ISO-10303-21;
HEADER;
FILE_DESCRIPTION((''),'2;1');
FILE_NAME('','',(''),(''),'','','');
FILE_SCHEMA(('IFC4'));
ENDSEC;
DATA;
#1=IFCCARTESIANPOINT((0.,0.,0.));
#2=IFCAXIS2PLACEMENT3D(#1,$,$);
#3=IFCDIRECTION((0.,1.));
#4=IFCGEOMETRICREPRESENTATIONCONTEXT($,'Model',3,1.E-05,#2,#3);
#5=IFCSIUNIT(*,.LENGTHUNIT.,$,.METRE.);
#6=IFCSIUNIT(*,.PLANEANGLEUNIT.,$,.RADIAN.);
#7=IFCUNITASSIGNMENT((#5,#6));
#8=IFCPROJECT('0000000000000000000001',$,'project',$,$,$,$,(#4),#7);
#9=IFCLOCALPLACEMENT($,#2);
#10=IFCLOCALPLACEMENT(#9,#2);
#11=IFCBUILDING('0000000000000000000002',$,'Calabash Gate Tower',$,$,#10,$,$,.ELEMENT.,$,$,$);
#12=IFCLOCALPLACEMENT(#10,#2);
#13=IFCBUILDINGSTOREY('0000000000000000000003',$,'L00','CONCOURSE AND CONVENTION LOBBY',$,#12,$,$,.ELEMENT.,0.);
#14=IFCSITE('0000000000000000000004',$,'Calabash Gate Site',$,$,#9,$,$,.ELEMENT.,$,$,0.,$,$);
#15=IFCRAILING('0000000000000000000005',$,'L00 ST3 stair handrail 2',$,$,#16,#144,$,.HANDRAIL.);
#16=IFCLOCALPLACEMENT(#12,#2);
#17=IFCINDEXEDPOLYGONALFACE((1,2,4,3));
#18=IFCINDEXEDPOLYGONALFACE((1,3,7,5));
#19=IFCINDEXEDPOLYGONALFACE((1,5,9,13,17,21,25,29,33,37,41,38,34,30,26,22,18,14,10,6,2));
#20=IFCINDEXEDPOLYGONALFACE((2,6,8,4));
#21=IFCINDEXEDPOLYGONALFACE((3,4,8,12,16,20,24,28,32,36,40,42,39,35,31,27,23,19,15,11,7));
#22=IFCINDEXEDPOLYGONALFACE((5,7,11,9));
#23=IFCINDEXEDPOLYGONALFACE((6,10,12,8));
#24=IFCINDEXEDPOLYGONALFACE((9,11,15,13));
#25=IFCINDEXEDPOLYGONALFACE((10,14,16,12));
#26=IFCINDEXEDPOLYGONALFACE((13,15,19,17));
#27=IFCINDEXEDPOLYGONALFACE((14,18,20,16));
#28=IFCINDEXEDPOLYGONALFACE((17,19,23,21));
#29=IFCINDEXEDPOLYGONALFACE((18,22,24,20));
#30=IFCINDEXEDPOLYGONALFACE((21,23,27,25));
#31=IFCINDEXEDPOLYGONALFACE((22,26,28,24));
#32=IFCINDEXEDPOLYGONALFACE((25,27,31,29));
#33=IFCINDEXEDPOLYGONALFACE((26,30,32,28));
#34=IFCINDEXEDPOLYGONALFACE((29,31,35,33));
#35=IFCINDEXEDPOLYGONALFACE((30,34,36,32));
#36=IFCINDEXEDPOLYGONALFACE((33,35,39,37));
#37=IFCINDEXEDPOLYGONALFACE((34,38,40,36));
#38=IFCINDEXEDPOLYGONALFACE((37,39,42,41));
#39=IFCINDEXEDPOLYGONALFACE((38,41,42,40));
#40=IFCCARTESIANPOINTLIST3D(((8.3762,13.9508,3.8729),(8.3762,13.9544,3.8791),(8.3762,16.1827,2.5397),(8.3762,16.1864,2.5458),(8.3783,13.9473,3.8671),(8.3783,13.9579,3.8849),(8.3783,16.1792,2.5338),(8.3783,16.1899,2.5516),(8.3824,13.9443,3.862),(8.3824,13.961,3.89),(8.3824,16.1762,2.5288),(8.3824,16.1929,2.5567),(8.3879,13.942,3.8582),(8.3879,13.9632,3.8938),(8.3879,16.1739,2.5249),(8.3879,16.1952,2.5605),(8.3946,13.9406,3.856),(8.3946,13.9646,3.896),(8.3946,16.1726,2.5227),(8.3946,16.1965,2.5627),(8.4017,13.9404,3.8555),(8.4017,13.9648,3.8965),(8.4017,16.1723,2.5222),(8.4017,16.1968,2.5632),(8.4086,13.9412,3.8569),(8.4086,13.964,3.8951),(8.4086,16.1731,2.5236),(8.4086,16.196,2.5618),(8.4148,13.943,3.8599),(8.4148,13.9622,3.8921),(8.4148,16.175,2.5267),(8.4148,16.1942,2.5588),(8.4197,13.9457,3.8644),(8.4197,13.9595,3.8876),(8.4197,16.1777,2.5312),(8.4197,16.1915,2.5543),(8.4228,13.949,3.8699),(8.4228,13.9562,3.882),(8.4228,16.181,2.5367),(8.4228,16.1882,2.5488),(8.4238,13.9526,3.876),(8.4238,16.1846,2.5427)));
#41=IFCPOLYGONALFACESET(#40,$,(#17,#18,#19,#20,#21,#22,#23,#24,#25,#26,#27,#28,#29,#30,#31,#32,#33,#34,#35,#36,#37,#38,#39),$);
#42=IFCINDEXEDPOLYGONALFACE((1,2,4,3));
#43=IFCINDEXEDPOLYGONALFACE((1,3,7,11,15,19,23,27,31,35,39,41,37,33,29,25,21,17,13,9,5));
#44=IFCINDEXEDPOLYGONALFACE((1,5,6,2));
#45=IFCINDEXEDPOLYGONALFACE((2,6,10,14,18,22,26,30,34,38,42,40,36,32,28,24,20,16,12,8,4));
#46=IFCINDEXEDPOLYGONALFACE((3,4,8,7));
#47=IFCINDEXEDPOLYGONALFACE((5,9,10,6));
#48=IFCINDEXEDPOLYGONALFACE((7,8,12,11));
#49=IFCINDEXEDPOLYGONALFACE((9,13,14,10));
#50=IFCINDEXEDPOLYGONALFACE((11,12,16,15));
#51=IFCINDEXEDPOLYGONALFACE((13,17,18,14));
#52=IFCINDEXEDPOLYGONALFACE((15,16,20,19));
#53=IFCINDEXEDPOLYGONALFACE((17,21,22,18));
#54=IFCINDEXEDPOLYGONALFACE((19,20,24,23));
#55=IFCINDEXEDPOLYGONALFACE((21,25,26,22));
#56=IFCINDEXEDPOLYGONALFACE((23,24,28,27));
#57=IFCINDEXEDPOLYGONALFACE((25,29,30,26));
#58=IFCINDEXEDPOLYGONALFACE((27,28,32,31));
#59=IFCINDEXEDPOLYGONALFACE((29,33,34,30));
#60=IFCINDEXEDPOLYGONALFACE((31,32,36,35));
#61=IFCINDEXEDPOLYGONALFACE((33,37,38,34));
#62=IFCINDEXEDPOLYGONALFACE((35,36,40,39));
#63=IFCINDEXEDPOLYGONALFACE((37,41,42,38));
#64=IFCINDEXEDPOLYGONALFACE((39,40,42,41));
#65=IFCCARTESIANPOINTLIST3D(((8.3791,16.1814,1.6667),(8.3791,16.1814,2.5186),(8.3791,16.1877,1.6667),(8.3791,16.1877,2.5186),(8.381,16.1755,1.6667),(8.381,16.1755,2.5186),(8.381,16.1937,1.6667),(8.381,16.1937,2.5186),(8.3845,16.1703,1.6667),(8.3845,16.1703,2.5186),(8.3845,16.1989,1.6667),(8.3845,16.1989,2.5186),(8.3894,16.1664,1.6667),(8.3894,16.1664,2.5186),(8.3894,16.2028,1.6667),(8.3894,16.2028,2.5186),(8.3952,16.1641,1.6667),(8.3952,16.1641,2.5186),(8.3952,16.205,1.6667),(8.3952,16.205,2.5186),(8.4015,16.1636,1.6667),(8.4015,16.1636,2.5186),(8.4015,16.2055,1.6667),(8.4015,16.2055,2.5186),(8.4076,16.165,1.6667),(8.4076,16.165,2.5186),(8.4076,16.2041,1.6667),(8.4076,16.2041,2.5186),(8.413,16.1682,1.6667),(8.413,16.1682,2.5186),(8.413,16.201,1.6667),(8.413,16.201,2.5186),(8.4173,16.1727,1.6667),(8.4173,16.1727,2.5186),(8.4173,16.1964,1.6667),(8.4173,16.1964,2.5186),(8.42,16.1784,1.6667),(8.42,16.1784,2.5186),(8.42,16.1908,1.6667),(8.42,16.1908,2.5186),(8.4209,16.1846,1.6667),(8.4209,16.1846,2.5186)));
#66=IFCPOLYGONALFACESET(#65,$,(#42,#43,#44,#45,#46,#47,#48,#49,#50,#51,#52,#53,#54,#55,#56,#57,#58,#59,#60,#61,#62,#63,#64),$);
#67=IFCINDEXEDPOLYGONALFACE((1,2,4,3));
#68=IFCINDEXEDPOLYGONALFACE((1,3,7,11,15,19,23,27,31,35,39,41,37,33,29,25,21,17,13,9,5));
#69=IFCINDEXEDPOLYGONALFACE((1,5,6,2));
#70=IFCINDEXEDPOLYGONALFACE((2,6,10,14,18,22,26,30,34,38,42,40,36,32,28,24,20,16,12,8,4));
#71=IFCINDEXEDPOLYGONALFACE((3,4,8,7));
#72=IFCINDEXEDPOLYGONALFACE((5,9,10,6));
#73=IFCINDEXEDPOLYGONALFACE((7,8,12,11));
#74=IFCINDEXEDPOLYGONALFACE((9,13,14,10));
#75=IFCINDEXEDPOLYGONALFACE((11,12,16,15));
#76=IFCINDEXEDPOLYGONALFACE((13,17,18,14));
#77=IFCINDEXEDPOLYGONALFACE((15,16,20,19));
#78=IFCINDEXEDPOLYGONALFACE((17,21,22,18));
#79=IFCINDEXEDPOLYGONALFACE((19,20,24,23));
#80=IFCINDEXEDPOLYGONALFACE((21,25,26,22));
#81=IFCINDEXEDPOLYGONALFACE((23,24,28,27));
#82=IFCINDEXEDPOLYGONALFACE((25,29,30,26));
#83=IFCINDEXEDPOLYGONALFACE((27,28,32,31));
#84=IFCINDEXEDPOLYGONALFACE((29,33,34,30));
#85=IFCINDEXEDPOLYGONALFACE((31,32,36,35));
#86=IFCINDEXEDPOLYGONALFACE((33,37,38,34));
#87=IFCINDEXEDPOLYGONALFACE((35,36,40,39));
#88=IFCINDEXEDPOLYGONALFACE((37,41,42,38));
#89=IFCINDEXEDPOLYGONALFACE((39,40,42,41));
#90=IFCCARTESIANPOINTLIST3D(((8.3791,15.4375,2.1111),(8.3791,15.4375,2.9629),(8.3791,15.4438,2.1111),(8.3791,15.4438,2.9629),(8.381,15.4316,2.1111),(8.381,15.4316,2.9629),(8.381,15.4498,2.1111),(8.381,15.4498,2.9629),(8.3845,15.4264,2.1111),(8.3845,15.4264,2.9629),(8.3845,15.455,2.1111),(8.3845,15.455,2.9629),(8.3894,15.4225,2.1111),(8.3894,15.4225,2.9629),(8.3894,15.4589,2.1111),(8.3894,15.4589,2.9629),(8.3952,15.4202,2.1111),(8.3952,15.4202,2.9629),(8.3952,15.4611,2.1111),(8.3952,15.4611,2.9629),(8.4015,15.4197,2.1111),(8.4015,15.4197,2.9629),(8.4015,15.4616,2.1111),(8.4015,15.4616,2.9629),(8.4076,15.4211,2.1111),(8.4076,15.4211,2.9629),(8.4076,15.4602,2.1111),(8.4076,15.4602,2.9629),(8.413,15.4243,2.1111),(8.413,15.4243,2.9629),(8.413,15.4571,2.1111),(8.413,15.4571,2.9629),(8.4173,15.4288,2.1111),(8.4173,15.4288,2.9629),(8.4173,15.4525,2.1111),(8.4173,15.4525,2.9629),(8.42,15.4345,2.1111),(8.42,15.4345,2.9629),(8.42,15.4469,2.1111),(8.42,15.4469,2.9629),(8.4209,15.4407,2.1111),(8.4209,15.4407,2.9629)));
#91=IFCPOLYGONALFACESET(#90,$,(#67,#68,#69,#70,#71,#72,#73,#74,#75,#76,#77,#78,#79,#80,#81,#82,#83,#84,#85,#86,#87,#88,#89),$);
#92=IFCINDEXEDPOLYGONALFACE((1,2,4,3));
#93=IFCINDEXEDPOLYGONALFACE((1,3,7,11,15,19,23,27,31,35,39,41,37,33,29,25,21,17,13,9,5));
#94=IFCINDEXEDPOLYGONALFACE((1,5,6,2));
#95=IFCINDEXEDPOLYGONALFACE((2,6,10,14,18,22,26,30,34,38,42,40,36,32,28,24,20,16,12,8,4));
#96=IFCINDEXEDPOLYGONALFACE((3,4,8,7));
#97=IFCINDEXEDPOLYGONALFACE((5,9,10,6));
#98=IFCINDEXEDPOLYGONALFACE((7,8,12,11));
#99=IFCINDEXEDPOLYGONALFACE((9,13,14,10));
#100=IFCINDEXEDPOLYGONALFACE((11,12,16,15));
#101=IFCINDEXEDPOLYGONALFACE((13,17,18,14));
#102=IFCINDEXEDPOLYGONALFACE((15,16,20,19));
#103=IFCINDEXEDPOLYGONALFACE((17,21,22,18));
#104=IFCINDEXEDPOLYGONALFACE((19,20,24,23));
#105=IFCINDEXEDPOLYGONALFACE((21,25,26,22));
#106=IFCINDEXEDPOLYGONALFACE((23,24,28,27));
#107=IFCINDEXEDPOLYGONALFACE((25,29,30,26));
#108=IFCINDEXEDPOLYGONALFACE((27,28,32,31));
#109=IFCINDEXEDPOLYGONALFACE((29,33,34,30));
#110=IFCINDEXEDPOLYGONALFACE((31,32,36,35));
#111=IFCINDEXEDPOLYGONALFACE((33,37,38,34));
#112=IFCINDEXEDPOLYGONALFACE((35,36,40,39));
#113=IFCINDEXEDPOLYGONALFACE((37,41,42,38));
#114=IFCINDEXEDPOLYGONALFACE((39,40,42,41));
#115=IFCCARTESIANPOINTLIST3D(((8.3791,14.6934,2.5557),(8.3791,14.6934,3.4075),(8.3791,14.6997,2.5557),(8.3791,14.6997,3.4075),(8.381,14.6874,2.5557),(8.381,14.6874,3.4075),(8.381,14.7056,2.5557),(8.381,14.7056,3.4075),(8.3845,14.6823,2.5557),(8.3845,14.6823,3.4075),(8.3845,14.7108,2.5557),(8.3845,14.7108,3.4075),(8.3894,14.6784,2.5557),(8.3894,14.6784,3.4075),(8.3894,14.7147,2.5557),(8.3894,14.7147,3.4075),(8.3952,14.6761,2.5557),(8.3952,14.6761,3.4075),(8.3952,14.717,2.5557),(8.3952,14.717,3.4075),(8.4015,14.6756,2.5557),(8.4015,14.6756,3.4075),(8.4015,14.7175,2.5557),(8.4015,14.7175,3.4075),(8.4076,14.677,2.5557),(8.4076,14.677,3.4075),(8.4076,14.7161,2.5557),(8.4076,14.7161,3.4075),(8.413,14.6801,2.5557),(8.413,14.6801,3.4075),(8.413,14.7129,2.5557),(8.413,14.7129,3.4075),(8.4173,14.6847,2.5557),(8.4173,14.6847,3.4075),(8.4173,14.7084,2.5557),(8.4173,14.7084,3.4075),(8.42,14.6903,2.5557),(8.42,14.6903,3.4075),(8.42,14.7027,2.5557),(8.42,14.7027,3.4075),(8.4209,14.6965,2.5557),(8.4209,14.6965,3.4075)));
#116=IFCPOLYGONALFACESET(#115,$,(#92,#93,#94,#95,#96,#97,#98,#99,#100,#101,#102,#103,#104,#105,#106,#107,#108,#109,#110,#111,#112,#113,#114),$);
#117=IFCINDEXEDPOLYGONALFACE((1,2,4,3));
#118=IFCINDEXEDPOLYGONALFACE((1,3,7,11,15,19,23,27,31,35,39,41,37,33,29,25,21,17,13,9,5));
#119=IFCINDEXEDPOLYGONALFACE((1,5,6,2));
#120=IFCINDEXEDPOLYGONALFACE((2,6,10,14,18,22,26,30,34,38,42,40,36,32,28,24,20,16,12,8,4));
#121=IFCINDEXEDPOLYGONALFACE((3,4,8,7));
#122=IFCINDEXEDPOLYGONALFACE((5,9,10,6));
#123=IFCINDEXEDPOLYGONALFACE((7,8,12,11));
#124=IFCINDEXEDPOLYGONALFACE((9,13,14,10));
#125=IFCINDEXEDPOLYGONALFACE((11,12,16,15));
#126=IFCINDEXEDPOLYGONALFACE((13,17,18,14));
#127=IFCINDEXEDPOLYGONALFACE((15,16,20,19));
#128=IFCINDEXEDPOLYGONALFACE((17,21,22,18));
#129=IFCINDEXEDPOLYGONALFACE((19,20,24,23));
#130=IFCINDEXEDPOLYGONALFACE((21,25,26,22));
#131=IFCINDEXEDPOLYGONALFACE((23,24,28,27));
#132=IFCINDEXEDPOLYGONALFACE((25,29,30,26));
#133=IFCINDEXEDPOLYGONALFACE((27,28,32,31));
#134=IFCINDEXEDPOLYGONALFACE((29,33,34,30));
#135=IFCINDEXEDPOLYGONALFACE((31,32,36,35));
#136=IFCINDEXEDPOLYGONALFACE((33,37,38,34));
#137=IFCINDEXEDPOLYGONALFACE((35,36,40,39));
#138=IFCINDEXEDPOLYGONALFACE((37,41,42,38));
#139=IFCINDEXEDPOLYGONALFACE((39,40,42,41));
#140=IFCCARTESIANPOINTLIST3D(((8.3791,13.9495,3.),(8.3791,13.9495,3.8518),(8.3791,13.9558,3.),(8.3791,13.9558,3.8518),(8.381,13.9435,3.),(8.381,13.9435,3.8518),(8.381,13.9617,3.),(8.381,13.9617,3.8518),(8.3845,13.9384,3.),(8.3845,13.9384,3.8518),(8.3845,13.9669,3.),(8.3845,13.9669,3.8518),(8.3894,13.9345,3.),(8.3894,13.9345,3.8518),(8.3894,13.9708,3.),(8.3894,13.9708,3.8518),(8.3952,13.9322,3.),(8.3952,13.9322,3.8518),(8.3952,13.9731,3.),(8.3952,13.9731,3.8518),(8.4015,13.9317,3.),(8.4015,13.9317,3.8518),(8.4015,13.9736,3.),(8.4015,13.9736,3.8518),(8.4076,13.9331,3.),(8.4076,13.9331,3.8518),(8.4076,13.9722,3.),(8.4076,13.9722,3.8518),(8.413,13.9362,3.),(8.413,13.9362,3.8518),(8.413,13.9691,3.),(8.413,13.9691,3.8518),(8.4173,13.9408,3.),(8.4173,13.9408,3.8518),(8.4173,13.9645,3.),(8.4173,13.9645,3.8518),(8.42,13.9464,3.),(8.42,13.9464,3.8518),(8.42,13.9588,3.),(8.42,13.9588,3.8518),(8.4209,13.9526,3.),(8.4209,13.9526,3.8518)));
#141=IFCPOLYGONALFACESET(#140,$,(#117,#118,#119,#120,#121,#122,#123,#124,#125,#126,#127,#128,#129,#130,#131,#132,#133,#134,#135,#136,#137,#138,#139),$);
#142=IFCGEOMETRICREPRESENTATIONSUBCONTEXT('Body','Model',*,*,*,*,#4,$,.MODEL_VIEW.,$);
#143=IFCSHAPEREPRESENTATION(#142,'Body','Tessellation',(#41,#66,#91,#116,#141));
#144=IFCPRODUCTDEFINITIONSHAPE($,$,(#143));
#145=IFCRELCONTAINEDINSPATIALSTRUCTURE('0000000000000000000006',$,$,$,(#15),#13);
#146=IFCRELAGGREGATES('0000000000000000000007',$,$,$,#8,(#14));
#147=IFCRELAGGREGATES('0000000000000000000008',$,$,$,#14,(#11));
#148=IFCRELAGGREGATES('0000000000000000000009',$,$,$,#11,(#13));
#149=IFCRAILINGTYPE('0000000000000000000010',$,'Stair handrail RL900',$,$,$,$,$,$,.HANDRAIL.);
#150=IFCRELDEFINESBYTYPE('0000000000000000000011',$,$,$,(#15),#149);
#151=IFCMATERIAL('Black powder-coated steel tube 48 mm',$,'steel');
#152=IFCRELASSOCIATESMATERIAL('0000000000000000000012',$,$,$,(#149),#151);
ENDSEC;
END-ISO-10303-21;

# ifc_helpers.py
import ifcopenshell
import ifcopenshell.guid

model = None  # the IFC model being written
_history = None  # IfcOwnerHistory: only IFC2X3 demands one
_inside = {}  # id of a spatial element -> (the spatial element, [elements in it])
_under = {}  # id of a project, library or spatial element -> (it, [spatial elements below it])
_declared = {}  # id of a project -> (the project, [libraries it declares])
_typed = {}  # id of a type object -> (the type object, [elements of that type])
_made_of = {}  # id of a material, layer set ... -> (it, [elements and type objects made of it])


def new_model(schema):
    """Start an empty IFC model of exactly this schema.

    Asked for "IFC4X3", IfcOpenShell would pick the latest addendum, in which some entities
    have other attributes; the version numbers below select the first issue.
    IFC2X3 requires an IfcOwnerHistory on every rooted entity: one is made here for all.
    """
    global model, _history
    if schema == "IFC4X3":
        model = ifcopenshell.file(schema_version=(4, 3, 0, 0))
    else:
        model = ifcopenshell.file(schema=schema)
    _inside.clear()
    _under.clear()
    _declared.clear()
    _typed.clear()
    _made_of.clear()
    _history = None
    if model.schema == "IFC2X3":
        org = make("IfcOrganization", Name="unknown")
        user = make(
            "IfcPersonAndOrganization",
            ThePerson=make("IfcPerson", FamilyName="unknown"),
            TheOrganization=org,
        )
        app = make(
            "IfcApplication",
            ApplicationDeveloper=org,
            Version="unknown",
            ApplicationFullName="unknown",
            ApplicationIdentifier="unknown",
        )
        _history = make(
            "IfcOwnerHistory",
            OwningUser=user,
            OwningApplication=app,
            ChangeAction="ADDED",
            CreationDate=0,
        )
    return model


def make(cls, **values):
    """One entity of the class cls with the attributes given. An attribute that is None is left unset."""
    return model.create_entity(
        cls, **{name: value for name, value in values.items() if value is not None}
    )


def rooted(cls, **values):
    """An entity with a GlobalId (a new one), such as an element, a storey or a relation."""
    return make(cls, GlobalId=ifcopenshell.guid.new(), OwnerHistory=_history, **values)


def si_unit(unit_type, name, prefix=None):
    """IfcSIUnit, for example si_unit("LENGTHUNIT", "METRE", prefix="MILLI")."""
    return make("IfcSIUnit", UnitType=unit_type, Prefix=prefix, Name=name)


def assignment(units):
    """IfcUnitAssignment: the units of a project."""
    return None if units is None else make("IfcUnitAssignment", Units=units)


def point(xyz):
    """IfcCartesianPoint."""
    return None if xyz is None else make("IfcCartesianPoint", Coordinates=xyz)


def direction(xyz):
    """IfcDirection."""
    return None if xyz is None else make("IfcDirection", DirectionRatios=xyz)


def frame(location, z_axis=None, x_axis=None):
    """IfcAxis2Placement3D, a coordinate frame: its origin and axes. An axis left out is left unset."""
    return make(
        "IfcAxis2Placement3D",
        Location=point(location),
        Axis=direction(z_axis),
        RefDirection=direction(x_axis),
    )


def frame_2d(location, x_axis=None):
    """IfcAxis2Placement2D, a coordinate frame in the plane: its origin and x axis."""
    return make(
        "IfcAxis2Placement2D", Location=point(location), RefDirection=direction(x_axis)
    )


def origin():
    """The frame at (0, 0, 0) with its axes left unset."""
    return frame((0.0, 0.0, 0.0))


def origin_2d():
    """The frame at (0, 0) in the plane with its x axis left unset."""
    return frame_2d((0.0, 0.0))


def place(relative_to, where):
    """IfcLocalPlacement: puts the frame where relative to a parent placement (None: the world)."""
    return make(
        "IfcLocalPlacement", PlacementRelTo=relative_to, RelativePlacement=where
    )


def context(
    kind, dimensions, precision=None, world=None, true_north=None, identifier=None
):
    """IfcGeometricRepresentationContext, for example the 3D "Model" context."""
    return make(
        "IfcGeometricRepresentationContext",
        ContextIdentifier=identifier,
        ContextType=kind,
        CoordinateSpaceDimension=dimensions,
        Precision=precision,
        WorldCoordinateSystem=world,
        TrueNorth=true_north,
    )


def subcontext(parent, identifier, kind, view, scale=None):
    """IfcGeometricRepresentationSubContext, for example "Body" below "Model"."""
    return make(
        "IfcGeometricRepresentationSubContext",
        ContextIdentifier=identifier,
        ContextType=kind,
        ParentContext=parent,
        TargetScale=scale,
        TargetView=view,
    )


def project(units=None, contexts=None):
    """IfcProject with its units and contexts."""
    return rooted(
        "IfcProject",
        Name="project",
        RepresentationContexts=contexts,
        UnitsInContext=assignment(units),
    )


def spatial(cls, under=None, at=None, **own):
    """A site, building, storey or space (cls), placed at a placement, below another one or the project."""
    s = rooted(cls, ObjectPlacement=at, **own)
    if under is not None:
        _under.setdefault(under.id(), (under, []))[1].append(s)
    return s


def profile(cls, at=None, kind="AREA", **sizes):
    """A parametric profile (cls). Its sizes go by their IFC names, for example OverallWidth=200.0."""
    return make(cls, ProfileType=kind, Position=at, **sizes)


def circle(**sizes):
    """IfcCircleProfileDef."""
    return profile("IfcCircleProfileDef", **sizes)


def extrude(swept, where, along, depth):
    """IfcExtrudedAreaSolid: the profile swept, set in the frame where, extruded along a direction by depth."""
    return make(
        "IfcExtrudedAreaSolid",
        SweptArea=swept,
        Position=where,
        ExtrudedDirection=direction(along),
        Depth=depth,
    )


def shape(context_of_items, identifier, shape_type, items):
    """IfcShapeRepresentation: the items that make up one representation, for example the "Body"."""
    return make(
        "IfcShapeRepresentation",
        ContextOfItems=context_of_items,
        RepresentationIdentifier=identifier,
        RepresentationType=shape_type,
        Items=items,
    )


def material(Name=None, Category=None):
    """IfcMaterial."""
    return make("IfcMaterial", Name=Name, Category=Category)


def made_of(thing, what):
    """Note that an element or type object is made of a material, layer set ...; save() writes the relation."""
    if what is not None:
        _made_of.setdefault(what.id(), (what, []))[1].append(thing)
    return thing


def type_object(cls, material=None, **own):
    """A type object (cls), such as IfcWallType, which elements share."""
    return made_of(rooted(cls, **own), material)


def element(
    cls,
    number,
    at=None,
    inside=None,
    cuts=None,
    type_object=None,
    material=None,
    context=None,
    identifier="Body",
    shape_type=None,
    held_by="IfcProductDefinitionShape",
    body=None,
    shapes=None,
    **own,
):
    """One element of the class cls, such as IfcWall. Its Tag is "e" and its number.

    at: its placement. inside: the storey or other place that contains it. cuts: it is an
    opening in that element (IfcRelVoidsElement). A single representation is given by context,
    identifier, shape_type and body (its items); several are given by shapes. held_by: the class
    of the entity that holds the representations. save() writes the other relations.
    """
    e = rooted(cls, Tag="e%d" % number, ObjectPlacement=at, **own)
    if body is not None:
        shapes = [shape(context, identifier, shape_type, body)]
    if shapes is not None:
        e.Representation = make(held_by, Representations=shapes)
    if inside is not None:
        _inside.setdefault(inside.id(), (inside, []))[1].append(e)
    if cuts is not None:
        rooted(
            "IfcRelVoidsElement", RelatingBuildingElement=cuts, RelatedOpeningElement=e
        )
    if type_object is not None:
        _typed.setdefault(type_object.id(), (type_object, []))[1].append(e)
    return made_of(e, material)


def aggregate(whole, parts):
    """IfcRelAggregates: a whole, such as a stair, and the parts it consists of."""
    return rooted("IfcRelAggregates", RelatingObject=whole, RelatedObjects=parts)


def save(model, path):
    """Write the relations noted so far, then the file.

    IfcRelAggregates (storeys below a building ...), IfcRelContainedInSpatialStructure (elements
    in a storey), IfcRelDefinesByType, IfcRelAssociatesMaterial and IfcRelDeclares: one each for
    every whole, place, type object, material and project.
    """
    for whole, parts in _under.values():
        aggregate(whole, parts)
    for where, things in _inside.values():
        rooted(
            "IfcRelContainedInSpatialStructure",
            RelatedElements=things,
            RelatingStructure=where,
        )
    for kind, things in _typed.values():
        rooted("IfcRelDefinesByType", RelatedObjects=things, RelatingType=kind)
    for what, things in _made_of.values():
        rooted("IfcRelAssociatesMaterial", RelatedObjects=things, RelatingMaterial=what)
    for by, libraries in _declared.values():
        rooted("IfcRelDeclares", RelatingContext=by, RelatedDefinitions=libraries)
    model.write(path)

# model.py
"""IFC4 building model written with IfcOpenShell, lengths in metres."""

from ifc_helpers import new_model, si_unit, direction, frame, origin, origin_2d, place, context, subcontext, project, spatial, circle, extrude, material, type_object, element, save


model = new_model("IFC4")

# Units and contexts
model_context = context("Model", 3, precision=1e-05, world=origin(), true_north=direction((0.0, 1.0)))
body_context = subcontext(model_context, "Body", "Model", "MODEL_VIEW")
ifc_project = project(units=[si_unit("LENGTHUNIT", "METRE"), si_unit("PLANEANGLEUNIT", "RADIAN")], contexts=[model_context])

# Site, building, storey
site_placement = place(None, origin())
site = spatial("IfcSite", under=ifc_project, at=site_placement, Name="Calabash Gate Site", CompositionType="ELEMENT", RefElevation=0.0)
building_placement = place(site_placement, origin())
building = spatial("IfcBuilding", under=site, at=building_placement, Name="Calabash Gate Tower", CompositionType="ELEMENT")
storey_placement = place(building_placement, origin())
storey = spatial("IfcBuildingStorey", under=building, at=storey_placement, Name="L00", Description="CONCOURSE AND CONVENTION LOBBY", CompositionType="ELEMENT", Elevation=0.0)

# Railing
ifc_material_1 = material(Name="Black powder-coated steel tube 48 mm", Category="steel")
railing_type_1 = type_object("IfcRailingType", Name="Stair handrail RL900", PredefinedType="HANDRAIL", material=ifc_material_1)
railing_1_placement = place(storey_placement, frame((8.3999, 16.1846, 1.6667)))
element("IfcRailing", 1, at=railing_1_placement, inside=storey, type_object=railing_type_1, Name="L00 ST3 stair handrail 2", PredefinedType="HANDRAIL", context=body_context, shape_type="SweptSolid", body=[
    extrude(circle(Radius=0.0239, at=origin_2d()), frame((0.0, 0.0, 0.876), z_axis=(0.0, -0.858494, 0.512824), x_axis=(1.0, 0.0, 0.0)), (0.0, 0.0, 1.0), 2.5999),
    extrude(circle(Radius=0.021, at=origin_2d()), origin(), (0.0, 0.0, 1.0), 0.8518),
    extrude(circle(Radius=0.021, at=origin_2d()), frame((0.0, -0.7439, 0.4443)), (0.0, 0.0, 1.0), 0.8518),
    extrude(circle(Radius=0.021, at=origin_2d()), frame((0.0, -1.488, 0.8889)), (0.0, 0.0, 1.0), 0.8518),
    extrude(circle(Radius=0.021, at=origin_2d()), frame((0.0, -2.2319, 1.3333)), (0.0, 0.0, 1.0), 0.8518),
])

save(model, "model.ifc")
